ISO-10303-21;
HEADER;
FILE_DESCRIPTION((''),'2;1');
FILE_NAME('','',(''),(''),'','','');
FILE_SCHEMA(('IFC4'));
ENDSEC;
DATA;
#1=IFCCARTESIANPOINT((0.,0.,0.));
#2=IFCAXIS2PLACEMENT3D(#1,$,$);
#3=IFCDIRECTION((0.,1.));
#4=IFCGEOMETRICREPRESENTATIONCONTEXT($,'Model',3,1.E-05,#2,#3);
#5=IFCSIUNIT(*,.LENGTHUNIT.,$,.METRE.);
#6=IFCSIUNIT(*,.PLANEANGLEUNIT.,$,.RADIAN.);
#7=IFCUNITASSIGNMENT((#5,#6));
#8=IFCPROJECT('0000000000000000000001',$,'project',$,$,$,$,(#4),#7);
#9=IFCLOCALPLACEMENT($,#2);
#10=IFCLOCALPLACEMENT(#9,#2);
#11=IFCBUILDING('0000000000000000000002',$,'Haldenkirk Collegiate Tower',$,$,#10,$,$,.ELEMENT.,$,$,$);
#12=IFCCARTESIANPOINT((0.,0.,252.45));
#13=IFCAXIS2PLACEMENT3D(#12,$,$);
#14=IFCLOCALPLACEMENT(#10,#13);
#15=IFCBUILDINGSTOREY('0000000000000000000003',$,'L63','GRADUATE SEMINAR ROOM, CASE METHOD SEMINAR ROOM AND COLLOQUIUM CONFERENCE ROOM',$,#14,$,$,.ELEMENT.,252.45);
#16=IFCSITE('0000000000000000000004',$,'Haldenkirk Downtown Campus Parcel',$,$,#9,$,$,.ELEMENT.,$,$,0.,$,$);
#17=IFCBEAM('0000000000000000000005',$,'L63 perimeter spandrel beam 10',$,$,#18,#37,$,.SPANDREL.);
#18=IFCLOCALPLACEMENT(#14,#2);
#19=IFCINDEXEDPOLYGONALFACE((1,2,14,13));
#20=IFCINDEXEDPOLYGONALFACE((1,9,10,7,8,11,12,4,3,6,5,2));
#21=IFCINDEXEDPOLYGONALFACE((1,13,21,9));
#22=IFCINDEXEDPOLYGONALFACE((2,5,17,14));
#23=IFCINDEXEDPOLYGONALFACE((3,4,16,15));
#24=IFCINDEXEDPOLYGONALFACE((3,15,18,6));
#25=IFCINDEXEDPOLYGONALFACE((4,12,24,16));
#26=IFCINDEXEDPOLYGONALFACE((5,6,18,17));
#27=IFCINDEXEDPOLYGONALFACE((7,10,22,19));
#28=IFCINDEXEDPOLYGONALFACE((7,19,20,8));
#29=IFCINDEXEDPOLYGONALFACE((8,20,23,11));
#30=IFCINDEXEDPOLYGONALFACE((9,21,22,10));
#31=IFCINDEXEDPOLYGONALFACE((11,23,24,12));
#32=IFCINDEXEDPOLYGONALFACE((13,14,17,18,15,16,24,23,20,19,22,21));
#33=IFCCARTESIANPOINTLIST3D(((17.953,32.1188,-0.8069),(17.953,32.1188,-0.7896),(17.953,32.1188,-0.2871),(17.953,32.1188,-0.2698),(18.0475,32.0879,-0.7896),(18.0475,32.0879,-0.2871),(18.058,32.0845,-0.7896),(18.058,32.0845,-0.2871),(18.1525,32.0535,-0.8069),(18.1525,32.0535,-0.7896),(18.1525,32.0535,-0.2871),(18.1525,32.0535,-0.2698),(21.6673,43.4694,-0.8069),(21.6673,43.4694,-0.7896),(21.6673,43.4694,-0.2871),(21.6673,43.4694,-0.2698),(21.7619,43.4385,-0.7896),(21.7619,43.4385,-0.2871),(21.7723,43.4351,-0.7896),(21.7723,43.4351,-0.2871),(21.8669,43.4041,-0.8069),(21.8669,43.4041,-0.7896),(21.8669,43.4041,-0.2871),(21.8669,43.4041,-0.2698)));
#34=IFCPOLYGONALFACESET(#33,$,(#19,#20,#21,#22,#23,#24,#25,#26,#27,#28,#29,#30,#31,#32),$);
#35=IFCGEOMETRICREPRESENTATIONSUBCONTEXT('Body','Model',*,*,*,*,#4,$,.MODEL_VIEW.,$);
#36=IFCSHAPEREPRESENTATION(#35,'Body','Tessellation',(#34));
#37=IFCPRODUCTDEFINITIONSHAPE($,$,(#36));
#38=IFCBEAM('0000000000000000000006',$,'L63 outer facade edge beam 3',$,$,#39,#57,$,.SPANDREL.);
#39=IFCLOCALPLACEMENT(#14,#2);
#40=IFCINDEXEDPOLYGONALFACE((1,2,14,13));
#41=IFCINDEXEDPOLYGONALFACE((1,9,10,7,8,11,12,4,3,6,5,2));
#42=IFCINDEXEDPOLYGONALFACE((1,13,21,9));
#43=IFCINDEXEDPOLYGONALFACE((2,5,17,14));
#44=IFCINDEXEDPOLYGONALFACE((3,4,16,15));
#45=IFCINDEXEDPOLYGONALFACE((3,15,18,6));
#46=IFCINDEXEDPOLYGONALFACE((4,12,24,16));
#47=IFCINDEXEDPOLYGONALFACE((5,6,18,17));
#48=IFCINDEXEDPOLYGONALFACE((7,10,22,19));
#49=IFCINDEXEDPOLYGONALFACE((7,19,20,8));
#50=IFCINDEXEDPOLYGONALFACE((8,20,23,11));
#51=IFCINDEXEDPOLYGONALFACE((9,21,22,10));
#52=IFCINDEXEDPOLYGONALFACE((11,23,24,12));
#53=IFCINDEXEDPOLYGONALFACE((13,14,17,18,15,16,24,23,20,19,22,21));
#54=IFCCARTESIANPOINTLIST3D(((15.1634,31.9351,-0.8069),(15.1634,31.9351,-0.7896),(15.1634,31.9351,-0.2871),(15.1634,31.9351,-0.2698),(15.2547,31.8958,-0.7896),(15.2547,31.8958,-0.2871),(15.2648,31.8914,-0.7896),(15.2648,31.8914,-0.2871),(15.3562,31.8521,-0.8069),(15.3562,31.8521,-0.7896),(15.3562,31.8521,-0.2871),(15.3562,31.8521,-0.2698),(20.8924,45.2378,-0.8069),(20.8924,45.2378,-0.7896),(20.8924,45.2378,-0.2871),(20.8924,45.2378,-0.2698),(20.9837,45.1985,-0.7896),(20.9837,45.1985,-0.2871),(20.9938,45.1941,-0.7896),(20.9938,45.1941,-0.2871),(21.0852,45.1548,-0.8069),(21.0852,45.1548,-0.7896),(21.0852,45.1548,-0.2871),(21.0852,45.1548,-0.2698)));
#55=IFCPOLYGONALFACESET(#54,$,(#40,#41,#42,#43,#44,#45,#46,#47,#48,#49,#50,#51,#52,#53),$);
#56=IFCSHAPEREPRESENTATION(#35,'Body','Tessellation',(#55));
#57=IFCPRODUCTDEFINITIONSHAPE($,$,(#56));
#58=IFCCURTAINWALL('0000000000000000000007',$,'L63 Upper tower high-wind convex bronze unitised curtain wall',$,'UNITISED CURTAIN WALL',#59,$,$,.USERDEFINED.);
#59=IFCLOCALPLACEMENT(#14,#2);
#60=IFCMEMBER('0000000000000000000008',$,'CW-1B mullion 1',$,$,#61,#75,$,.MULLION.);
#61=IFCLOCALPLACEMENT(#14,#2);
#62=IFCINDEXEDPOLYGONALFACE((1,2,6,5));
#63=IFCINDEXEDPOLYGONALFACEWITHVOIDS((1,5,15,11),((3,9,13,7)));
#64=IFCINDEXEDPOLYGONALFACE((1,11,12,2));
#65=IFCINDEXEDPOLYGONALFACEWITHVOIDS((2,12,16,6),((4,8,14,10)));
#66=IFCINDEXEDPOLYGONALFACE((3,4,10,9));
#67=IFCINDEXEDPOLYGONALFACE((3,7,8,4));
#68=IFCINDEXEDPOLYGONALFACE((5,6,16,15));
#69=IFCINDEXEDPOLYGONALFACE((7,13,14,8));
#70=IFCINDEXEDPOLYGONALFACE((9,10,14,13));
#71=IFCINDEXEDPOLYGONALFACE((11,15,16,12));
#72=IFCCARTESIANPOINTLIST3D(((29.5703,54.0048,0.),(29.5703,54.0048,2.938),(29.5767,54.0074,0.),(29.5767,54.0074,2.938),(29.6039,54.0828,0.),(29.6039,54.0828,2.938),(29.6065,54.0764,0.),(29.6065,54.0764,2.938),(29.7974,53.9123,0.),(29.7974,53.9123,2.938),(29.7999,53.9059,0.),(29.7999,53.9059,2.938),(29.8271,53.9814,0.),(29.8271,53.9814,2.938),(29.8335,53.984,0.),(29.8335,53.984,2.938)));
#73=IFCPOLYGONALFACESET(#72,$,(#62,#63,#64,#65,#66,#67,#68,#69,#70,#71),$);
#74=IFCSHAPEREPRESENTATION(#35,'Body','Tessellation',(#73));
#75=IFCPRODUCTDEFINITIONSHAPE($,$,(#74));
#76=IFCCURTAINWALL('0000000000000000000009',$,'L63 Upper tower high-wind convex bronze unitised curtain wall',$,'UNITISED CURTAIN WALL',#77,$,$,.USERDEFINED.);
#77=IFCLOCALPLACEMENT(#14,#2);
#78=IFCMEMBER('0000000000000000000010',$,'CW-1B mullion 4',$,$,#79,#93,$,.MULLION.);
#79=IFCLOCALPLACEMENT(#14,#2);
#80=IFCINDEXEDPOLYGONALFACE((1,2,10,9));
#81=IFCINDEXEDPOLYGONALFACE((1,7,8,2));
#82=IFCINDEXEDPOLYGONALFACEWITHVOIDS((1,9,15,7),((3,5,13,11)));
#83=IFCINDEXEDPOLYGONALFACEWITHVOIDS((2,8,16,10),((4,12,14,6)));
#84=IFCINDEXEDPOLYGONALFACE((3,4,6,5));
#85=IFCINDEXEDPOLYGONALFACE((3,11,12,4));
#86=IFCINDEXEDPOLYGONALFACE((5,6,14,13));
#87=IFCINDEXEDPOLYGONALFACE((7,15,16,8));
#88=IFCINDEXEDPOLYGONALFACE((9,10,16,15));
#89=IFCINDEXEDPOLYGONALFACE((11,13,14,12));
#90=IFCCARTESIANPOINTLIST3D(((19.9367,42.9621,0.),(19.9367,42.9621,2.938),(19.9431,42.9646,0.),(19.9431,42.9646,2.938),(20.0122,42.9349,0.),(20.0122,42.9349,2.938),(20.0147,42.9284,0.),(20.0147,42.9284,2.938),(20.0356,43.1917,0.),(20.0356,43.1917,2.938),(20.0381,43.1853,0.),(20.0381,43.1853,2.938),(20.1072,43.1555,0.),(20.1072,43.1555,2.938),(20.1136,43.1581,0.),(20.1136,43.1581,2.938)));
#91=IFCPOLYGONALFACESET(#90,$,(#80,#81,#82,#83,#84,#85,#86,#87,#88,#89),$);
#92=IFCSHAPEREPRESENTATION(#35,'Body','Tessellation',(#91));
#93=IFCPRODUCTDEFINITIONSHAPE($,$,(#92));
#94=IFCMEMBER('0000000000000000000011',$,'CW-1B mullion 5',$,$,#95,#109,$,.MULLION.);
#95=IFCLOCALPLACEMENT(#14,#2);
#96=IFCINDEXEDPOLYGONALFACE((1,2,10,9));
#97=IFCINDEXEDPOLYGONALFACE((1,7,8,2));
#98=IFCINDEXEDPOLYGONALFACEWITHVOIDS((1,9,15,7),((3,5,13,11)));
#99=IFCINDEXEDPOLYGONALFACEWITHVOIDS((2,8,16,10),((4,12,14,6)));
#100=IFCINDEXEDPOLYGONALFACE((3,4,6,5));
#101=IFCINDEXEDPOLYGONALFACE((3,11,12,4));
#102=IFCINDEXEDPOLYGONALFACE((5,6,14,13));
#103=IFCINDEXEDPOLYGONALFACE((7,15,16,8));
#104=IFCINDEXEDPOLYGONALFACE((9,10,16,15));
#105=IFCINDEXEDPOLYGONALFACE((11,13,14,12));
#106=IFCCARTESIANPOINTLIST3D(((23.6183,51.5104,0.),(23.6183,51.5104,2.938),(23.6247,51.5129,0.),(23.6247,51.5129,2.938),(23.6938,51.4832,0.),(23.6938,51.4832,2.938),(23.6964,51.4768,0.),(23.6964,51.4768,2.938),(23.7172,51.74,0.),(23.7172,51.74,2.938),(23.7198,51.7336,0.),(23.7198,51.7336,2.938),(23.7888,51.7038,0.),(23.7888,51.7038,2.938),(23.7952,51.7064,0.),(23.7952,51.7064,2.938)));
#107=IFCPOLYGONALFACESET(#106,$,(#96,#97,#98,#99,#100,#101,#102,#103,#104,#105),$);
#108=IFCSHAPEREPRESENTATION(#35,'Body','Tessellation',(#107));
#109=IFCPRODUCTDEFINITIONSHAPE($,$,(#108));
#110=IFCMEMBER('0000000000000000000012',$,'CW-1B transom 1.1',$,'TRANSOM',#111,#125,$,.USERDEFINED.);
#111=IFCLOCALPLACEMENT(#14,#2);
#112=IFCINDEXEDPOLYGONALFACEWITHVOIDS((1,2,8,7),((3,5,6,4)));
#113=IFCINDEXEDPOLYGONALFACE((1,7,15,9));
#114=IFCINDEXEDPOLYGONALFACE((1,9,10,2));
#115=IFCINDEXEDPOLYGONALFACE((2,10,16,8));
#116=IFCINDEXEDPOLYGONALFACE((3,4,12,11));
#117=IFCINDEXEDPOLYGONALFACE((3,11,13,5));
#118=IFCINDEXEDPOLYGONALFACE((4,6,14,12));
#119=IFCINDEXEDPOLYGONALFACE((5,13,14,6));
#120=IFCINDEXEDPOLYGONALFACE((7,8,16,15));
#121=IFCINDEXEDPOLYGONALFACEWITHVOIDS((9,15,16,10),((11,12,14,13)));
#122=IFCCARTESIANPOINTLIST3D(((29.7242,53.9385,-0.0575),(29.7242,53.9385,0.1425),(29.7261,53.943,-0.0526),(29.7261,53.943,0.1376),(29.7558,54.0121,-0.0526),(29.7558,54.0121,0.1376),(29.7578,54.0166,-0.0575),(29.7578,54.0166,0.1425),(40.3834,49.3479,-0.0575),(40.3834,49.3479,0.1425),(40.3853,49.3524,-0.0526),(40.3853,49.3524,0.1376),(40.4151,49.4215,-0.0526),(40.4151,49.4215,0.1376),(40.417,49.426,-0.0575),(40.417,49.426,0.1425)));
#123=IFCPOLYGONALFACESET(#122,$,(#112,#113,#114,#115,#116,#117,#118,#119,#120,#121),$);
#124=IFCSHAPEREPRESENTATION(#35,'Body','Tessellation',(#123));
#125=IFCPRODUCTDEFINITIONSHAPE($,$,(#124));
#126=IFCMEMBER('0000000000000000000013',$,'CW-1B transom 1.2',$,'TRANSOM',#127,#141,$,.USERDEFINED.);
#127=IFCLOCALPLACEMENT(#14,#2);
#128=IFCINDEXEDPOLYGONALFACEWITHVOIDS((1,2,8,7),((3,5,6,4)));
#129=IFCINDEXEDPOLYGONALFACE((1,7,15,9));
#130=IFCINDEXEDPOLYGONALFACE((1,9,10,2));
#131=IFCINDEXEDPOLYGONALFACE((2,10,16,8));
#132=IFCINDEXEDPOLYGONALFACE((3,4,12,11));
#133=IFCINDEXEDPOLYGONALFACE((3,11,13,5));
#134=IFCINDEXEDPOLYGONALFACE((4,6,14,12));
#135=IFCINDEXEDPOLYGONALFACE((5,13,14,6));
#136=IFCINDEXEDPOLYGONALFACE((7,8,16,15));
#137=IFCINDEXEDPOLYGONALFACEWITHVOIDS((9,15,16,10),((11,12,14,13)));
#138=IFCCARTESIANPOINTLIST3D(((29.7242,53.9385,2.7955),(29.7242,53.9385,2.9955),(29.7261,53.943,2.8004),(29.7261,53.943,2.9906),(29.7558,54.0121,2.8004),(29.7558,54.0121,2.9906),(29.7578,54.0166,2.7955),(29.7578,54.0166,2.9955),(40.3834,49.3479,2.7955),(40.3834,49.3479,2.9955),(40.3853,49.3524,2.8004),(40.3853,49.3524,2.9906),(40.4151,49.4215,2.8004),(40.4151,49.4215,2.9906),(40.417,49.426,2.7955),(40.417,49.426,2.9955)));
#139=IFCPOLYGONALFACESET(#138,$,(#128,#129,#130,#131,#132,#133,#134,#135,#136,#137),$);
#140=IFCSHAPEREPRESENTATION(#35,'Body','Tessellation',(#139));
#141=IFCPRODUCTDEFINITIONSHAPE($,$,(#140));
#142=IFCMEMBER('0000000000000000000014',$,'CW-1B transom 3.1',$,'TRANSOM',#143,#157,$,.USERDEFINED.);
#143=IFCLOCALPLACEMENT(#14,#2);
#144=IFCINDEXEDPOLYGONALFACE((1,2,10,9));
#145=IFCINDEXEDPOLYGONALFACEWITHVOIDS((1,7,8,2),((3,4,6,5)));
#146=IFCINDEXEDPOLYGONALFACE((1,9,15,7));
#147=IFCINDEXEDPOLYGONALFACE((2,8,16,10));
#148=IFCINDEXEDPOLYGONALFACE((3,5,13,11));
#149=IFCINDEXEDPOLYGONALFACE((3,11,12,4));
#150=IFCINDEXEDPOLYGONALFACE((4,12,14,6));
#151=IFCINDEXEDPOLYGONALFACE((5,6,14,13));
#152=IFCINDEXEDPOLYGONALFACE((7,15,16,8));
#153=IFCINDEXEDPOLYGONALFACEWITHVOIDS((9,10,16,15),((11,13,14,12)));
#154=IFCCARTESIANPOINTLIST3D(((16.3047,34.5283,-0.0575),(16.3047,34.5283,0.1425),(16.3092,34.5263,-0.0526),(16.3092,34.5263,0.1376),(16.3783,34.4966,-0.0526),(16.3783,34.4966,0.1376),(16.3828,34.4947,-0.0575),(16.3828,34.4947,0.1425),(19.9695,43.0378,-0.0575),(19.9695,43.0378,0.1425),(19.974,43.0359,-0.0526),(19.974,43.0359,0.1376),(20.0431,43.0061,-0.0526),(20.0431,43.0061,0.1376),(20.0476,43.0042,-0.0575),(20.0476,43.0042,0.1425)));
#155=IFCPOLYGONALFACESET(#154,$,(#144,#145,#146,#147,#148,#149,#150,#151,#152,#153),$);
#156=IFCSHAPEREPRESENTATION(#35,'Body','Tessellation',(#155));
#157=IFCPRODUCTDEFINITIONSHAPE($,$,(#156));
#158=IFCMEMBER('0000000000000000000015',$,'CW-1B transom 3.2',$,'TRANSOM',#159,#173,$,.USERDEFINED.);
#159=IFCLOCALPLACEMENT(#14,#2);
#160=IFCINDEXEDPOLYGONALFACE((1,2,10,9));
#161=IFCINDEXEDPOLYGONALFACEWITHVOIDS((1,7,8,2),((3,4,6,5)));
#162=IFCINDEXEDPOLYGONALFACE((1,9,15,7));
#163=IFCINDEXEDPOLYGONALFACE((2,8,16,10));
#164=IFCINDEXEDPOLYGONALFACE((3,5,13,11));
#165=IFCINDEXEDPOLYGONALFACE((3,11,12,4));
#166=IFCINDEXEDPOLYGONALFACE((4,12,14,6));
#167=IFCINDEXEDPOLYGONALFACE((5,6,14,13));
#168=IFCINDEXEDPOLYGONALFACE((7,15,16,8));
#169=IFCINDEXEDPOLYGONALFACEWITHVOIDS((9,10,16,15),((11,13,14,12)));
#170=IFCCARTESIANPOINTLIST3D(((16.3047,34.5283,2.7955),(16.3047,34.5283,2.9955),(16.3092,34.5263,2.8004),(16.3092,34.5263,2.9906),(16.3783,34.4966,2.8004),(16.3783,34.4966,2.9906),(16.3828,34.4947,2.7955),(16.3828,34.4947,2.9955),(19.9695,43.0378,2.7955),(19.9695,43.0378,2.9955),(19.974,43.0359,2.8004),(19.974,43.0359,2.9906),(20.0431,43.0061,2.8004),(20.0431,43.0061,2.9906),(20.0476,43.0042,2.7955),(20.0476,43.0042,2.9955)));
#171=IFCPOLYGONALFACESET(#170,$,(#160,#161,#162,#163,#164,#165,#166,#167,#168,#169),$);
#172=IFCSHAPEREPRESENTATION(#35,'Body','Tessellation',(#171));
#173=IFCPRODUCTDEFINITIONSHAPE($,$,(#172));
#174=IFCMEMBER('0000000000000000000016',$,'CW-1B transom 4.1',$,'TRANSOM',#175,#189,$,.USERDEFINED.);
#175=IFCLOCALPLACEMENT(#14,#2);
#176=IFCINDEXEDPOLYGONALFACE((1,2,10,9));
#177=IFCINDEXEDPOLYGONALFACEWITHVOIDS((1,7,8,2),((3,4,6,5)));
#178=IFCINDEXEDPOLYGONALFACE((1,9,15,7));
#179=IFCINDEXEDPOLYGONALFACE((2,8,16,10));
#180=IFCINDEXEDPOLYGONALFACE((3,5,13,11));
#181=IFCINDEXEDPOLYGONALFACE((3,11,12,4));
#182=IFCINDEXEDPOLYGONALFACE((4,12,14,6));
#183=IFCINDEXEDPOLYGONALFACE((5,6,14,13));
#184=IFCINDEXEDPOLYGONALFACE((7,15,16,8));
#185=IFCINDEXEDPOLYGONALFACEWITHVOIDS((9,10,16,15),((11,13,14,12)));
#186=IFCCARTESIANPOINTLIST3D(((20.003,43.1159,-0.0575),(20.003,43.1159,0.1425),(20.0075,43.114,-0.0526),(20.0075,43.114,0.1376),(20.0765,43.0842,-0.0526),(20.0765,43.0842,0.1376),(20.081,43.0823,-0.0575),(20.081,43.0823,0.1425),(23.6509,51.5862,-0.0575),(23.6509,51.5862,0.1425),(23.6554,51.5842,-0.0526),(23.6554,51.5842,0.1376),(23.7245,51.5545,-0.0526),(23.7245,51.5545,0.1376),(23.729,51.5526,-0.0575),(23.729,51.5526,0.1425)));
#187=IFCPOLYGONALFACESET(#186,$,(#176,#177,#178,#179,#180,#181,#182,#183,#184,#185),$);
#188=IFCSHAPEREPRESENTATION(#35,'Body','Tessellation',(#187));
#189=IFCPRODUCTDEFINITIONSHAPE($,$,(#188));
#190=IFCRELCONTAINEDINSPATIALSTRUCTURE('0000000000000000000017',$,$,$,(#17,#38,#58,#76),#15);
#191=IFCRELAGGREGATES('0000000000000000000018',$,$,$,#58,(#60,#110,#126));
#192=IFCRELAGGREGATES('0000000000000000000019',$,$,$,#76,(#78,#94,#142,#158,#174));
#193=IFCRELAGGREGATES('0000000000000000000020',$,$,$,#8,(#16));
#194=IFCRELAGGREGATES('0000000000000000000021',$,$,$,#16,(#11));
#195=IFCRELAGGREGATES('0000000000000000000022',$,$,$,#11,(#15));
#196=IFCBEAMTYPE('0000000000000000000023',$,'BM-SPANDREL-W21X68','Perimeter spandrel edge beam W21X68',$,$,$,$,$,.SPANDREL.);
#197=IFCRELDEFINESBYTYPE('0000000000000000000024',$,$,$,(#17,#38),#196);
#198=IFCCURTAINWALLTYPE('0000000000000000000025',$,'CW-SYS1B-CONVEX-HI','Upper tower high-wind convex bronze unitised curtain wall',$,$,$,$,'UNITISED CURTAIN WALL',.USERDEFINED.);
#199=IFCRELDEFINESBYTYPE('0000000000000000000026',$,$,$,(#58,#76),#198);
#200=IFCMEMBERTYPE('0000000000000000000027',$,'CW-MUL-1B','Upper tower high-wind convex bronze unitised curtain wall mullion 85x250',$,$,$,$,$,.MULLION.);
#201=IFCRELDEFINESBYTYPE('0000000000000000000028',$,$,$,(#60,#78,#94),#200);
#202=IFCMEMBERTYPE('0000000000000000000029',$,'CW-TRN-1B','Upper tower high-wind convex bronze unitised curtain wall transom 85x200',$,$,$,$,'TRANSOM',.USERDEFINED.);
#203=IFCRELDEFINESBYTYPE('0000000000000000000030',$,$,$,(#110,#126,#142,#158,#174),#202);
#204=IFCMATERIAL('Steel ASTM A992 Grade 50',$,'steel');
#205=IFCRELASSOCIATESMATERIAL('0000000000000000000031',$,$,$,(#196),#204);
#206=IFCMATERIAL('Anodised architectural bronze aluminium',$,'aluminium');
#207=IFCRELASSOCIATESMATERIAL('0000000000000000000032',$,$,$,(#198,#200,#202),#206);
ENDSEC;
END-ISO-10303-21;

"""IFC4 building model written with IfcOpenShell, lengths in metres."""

from ifc_helpers import new_model, si_unit, direction, frame, origin, origin_2d, place, context, subcontext, project, spatial, hollow_rectangle, i_section, extrude, material, material_profile, profile_set, type_object, element, aggregate, save


model = new_model("IFC4")

# Units and contexts
model_context = context("Model", 3, precision=1e-05, world=origin(), true_north=direction((0.0, 1.0)))
body_context = subcontext(model_context, "Body", "Model", "MODEL_VIEW")
ifc_project = project(units=[si_unit("LENGTHUNIT", "METRE"), si_unit("PLANEANGLEUNIT", "RADIAN")], contexts=[model_context])

# Site, building, storey
site_placement = place(None, origin())
site = spatial("IfcSite", under=ifc_project, at=site_placement, Name="Haldenkirk Downtown Campus Parcel", CompositionType="ELEMENT", RefElevation=0.0)
building_placement = place(site_placement, origin())
building = spatial("IfcBuilding", under=site, at=building_placement, Name="Haldenkirk Collegiate Tower", CompositionType="ELEMENT")
storey_placement = place(building_placement, frame((0.0, 0.0, 252.45)))
storey = spatial("IfcBuildingStorey", under=building, at=storey_placement, Name="L63", Description="GRADUATE SEMINAR ROOM, CASE METHOD SEMINAR ROOM AND COLLOQUIUM CONFERENCE ROOM", CompositionType="ELEMENT", Elevation=252.45)

# Beams
ifc_material_1 = material(Name="Steel ASTM A992 Grade 50", Category="steel")
ifc_material_profile_1 = material_profile(ifc_material_1, i_section(OverallWidth=0.21, OverallDepth=0.5371, WebThickness=0.011, FlangeThickness=0.0173, at=origin_2d()), Name="W21X68")
ifc_profile_set_1 = profile_set([ifc_material_profile_1], Name="Steel ASTM A992 Grade 50")
beam_type_1 = type_object("IfcBeamType", Name="BM-SPANDREL-W21X68", Description="Perimeter spandrel edge beam W21X68", PredefinedType="SPANDREL", material=ifc_profile_set_1)
beam_1_placement = place(storey_placement, frame((21.7671, 43.4368, -0.5383), z_axis=(-0.31101, -0.950407, 0.0), x_axis=(0.950407, -0.31101, 0.0)))
element("IfcBeam", 1, at=beam_1_placement, inside=storey, type_object=beam_type_1, Name="L63 perimeter spandrel beam 10", PredefinedType="SPANDREL", context=body_context, shape_type="SweptSolid", body=[
    extrude(i_section(OverallWidth=0.21, OverallDepth=0.5371, WebThickness=0.011, FlangeThickness=0.0173, at=origin_2d()), origin(), (0.0, 0.0, 1.0), 11.9429),
])
beam_2_placement = place(storey_placement, frame((20.9888, 45.1963, -0.5383), z_axis=(-0.395542, -0.918448, 0.0), x_axis=(0.918448, -0.395542, 0.0)))
element("IfcBeam", 2, at=beam_2_placement, inside=storey, type_object=beam_type_1, Name="L63 outer facade edge beam 3", PredefinedType="SPANDREL", context=body_context, shape_type="SweptSolid", body=[
    extrude(i_section(OverallWidth=0.21, OverallDepth=0.5371, WebThickness=0.011, FlangeThickness=0.0173, at=origin_2d()), origin(), (0.0, 0.0, 1.0), 14.4839),
])

# Curtain wall, member
ifc_material_2 = material(Name="Anodised architectural bronze aluminium", Category="aluminium")
curtain_wall_type = type_object("IfcCurtainWallType", Name="CW-SYS1B-CONVEX-HI", Description="Upper tower high-wind convex bronze unitised curtain wall", ElementType="UNITISED CURTAIN WALL", PredefinedType="USERDEFINED", material=ifc_material_2)
curtain_wall_1_placement = place(storey_placement, origin())
curtain_wall_1 = element("IfcCurtainWall", 3, at=curtain_wall_1_placement, inside=storey, type_object=curtain_wall_type, Name="L63 Upper tower high-wind convex bronze unitised curtain wall", ObjectType="UNITISED CURTAIN WALL", PredefinedType="USERDEFINED")
ifc_material_profile_2 = material_profile(ifc_material_2, hollow_rectangle(XDim=0.085, YDim=0.25, WallThickness=0.0049, at=origin_2d()), Name="CW-MUL-1B")
ifc_profile_set_2 = profile_set([ifc_material_profile_2], Name="Anodised architectural bronze aluminium")
member_type_1 = type_object("IfcMemberType", Name="CW-MUL-1B", Description="Upper tower high-wind convex bronze unitised curtain wall mullion 85x250", PredefinedType="MULLION", material=ifc_profile_set_2)
member_1_placement = place(storey_placement, frame((29.7019, 53.9944, 0.0), z_axis=(0.0, 0.0, 1.0), x_axis=(0.395546, 0.918446, 0.0)))
member_1 = element("IfcMember", 4, at=member_1_placement, type_object=member_type_1, Name="CW-1B mullion 1", PredefinedType="MULLION", context=body_context, shape_type="SweptSolid", body=[
    extrude(hollow_rectangle(XDim=0.085, YDim=0.25, WallThickness=0.0049, at=origin_2d()), origin(), (0.0, 0.0, 1.0), 2.938),
])

# Curtain wall, members
curtain_wall_2_placement = place(storey_placement, origin())
curtain_wall_2 = element("IfcCurtainWall", 5, at=curtain_wall_2_placement, inside=storey, type_object=curtain_wall_type, Name="L63 Upper tower high-wind convex bronze unitised curtain wall", ObjectType="UNITISED CURTAIN WALL", PredefinedType="USERDEFINED")
member_2_placement = place(storey_placement, frame((20.0251, 43.0601, 0.0), z_axis=(0.0, 0.0, 1.0), x_axis=(-0.918446, 0.395545, 0.0)))
member_2 = element("IfcMember", 6, at=member_2_placement, type_object=member_type_1, Name="CW-1B mullion 4", PredefinedType="MULLION", context=body_context, shape_type="SweptSolid", body=[
    extrude(hollow_rectangle(XDim=0.085, YDim=0.25, WallThickness=0.0049, at=origin_2d()), origin(), (0.0, 0.0, 1.0), 2.938),
])
member_3_placement = place(storey_placement, frame((23.7068, 51.6084, 0.0), z_axis=(0.0, 0.0, 1.0), x_axis=(-0.918446, 0.395545, 0.0)))
member_3 = element("IfcMember", 7, at=member_3_placement, type_object=member_type_1, Name="CW-1B mullion 5", PredefinedType="MULLION", context=body_context, shape_type="SweptSolid", body=[
    extrude(hollow_rectangle(XDim=0.085, YDim=0.25, WallThickness=0.0049, at=origin_2d()), origin(), (0.0, 0.0, 1.0), 2.938),
])

# Members
ifc_material_profile_3 = material_profile(ifc_material_2, hollow_rectangle(XDim=0.085, YDim=0.2, WallThickness=0.0049, at=origin_2d()), Name="CW-TRN-1B")
ifc_profile_set_3 = profile_set([ifc_material_profile_3], Name="Anodised architectural bronze aluminium")
member_type_2 = type_object("IfcMemberType", Name="CW-TRN-1B", Description="Upper tower high-wind convex bronze unitised curtain wall transom 85x200", ElementType="TRANSOM", PredefinedType="USERDEFINED", material=ifc_profile_set_3)
member_4_placement = place(storey_placement, frame((29.741, 53.9775, 0.0425), z_axis=(0.918446, -0.395546, 0.0), x_axis=(0.395546, 0.918446, 0.0)))
member_4 = element("IfcMember", 8, at=member_4_placement, type_object=member_type_2, Name="CW-1B transom 1.1", ObjectType="TRANSOM", PredefinedType="USERDEFINED", context=body_context, shape_type="SweptSolid", body=[
    extrude(hollow_rectangle(XDim=0.085, YDim=0.2, WallThickness=0.0049, at=origin_2d()), origin(), (0.0, 0.0, 1.0), 11.6057),
])
member_5_placement = place(storey_placement, frame((29.741, 53.9775, 2.8955), z_axis=(0.918446, -0.395546, 0.0), x_axis=(0.395546, 0.918446, 0.0)))
member_5 = element("IfcMember", 9, at=member_5_placement, type_object=member_type_2, Name="CW-1B transom 1.2", ObjectType="TRANSOM", PredefinedType="USERDEFINED", context=body_context, shape_type="SweptSolid", body=[
    extrude(hollow_rectangle(XDim=0.085, YDim=0.2, WallThickness=0.0049, at=origin_2d()), origin(), (0.0, 0.0, 1.0), 11.6057),
])
aggregate(curtain_wall_1, [member_1, member_4, member_5])
member_6_placement = place(storey_placement, frame((16.3438, 34.5115, 0.0425), z_axis=(0.395547, 0.918446, 0.0), x_axis=(-0.918446, 0.395547, 0.0)))
member_6 = element("IfcMember", 10, at=member_6_placement, type_object=member_type_2, Name="CW-1B transom 3.1", ObjectType="TRANSOM", PredefinedType="USERDEFINED", context=body_context, shape_type="SweptSolid", body=[
    extrude(hollow_rectangle(XDim=0.085, YDim=0.2, WallThickness=0.0049, at=origin_2d()), origin(), (0.0, 0.0, 1.0), 9.2651),
])
member_7_placement = place(storey_placement, frame((16.3438, 34.5115, 2.8955), z_axis=(0.395547, 0.918446, 0.0), x_axis=(-0.918446, 0.395547, 0.0)))
member_7 = element("IfcMember", 11, at=member_7_placement, type_object=member_type_2, Name="CW-1B transom 3.2", ObjectType="TRANSOM", PredefinedType="USERDEFINED", context=body_context, shape_type="SweptSolid", body=[
    extrude(hollow_rectangle(XDim=0.085, YDim=0.2, WallThickness=0.0049, at=origin_2d()), origin(), (0.0, 0.0, 1.0), 9.2651),
])
member_8_placement = place(storey_placement, frame((20.042, 43.0991, 0.0425), z_axis=(0.395555, 0.918443, 0.0), x_axis=(-0.918443, 0.395555, 0.0)))
member_8 = element("IfcMember", 12, at=member_8_placement, type_object=member_type_2, Name="CW-1B transom 4.1", ObjectType="TRANSOM", PredefinedType="USERDEFINED", context=body_context, shape_type="SweptSolid", body=[
    extrude(hollow_rectangle(XDim=0.085, YDim=0.2, WallThickness=0.0049, at=origin_2d()), origin(), (0.0, 0.0, 1.0), 9.2224),
])

aggregate(curtain_wall_2, [member_2, member_3, member_6, member_7, member_8])

save(model, "model.ifc")
